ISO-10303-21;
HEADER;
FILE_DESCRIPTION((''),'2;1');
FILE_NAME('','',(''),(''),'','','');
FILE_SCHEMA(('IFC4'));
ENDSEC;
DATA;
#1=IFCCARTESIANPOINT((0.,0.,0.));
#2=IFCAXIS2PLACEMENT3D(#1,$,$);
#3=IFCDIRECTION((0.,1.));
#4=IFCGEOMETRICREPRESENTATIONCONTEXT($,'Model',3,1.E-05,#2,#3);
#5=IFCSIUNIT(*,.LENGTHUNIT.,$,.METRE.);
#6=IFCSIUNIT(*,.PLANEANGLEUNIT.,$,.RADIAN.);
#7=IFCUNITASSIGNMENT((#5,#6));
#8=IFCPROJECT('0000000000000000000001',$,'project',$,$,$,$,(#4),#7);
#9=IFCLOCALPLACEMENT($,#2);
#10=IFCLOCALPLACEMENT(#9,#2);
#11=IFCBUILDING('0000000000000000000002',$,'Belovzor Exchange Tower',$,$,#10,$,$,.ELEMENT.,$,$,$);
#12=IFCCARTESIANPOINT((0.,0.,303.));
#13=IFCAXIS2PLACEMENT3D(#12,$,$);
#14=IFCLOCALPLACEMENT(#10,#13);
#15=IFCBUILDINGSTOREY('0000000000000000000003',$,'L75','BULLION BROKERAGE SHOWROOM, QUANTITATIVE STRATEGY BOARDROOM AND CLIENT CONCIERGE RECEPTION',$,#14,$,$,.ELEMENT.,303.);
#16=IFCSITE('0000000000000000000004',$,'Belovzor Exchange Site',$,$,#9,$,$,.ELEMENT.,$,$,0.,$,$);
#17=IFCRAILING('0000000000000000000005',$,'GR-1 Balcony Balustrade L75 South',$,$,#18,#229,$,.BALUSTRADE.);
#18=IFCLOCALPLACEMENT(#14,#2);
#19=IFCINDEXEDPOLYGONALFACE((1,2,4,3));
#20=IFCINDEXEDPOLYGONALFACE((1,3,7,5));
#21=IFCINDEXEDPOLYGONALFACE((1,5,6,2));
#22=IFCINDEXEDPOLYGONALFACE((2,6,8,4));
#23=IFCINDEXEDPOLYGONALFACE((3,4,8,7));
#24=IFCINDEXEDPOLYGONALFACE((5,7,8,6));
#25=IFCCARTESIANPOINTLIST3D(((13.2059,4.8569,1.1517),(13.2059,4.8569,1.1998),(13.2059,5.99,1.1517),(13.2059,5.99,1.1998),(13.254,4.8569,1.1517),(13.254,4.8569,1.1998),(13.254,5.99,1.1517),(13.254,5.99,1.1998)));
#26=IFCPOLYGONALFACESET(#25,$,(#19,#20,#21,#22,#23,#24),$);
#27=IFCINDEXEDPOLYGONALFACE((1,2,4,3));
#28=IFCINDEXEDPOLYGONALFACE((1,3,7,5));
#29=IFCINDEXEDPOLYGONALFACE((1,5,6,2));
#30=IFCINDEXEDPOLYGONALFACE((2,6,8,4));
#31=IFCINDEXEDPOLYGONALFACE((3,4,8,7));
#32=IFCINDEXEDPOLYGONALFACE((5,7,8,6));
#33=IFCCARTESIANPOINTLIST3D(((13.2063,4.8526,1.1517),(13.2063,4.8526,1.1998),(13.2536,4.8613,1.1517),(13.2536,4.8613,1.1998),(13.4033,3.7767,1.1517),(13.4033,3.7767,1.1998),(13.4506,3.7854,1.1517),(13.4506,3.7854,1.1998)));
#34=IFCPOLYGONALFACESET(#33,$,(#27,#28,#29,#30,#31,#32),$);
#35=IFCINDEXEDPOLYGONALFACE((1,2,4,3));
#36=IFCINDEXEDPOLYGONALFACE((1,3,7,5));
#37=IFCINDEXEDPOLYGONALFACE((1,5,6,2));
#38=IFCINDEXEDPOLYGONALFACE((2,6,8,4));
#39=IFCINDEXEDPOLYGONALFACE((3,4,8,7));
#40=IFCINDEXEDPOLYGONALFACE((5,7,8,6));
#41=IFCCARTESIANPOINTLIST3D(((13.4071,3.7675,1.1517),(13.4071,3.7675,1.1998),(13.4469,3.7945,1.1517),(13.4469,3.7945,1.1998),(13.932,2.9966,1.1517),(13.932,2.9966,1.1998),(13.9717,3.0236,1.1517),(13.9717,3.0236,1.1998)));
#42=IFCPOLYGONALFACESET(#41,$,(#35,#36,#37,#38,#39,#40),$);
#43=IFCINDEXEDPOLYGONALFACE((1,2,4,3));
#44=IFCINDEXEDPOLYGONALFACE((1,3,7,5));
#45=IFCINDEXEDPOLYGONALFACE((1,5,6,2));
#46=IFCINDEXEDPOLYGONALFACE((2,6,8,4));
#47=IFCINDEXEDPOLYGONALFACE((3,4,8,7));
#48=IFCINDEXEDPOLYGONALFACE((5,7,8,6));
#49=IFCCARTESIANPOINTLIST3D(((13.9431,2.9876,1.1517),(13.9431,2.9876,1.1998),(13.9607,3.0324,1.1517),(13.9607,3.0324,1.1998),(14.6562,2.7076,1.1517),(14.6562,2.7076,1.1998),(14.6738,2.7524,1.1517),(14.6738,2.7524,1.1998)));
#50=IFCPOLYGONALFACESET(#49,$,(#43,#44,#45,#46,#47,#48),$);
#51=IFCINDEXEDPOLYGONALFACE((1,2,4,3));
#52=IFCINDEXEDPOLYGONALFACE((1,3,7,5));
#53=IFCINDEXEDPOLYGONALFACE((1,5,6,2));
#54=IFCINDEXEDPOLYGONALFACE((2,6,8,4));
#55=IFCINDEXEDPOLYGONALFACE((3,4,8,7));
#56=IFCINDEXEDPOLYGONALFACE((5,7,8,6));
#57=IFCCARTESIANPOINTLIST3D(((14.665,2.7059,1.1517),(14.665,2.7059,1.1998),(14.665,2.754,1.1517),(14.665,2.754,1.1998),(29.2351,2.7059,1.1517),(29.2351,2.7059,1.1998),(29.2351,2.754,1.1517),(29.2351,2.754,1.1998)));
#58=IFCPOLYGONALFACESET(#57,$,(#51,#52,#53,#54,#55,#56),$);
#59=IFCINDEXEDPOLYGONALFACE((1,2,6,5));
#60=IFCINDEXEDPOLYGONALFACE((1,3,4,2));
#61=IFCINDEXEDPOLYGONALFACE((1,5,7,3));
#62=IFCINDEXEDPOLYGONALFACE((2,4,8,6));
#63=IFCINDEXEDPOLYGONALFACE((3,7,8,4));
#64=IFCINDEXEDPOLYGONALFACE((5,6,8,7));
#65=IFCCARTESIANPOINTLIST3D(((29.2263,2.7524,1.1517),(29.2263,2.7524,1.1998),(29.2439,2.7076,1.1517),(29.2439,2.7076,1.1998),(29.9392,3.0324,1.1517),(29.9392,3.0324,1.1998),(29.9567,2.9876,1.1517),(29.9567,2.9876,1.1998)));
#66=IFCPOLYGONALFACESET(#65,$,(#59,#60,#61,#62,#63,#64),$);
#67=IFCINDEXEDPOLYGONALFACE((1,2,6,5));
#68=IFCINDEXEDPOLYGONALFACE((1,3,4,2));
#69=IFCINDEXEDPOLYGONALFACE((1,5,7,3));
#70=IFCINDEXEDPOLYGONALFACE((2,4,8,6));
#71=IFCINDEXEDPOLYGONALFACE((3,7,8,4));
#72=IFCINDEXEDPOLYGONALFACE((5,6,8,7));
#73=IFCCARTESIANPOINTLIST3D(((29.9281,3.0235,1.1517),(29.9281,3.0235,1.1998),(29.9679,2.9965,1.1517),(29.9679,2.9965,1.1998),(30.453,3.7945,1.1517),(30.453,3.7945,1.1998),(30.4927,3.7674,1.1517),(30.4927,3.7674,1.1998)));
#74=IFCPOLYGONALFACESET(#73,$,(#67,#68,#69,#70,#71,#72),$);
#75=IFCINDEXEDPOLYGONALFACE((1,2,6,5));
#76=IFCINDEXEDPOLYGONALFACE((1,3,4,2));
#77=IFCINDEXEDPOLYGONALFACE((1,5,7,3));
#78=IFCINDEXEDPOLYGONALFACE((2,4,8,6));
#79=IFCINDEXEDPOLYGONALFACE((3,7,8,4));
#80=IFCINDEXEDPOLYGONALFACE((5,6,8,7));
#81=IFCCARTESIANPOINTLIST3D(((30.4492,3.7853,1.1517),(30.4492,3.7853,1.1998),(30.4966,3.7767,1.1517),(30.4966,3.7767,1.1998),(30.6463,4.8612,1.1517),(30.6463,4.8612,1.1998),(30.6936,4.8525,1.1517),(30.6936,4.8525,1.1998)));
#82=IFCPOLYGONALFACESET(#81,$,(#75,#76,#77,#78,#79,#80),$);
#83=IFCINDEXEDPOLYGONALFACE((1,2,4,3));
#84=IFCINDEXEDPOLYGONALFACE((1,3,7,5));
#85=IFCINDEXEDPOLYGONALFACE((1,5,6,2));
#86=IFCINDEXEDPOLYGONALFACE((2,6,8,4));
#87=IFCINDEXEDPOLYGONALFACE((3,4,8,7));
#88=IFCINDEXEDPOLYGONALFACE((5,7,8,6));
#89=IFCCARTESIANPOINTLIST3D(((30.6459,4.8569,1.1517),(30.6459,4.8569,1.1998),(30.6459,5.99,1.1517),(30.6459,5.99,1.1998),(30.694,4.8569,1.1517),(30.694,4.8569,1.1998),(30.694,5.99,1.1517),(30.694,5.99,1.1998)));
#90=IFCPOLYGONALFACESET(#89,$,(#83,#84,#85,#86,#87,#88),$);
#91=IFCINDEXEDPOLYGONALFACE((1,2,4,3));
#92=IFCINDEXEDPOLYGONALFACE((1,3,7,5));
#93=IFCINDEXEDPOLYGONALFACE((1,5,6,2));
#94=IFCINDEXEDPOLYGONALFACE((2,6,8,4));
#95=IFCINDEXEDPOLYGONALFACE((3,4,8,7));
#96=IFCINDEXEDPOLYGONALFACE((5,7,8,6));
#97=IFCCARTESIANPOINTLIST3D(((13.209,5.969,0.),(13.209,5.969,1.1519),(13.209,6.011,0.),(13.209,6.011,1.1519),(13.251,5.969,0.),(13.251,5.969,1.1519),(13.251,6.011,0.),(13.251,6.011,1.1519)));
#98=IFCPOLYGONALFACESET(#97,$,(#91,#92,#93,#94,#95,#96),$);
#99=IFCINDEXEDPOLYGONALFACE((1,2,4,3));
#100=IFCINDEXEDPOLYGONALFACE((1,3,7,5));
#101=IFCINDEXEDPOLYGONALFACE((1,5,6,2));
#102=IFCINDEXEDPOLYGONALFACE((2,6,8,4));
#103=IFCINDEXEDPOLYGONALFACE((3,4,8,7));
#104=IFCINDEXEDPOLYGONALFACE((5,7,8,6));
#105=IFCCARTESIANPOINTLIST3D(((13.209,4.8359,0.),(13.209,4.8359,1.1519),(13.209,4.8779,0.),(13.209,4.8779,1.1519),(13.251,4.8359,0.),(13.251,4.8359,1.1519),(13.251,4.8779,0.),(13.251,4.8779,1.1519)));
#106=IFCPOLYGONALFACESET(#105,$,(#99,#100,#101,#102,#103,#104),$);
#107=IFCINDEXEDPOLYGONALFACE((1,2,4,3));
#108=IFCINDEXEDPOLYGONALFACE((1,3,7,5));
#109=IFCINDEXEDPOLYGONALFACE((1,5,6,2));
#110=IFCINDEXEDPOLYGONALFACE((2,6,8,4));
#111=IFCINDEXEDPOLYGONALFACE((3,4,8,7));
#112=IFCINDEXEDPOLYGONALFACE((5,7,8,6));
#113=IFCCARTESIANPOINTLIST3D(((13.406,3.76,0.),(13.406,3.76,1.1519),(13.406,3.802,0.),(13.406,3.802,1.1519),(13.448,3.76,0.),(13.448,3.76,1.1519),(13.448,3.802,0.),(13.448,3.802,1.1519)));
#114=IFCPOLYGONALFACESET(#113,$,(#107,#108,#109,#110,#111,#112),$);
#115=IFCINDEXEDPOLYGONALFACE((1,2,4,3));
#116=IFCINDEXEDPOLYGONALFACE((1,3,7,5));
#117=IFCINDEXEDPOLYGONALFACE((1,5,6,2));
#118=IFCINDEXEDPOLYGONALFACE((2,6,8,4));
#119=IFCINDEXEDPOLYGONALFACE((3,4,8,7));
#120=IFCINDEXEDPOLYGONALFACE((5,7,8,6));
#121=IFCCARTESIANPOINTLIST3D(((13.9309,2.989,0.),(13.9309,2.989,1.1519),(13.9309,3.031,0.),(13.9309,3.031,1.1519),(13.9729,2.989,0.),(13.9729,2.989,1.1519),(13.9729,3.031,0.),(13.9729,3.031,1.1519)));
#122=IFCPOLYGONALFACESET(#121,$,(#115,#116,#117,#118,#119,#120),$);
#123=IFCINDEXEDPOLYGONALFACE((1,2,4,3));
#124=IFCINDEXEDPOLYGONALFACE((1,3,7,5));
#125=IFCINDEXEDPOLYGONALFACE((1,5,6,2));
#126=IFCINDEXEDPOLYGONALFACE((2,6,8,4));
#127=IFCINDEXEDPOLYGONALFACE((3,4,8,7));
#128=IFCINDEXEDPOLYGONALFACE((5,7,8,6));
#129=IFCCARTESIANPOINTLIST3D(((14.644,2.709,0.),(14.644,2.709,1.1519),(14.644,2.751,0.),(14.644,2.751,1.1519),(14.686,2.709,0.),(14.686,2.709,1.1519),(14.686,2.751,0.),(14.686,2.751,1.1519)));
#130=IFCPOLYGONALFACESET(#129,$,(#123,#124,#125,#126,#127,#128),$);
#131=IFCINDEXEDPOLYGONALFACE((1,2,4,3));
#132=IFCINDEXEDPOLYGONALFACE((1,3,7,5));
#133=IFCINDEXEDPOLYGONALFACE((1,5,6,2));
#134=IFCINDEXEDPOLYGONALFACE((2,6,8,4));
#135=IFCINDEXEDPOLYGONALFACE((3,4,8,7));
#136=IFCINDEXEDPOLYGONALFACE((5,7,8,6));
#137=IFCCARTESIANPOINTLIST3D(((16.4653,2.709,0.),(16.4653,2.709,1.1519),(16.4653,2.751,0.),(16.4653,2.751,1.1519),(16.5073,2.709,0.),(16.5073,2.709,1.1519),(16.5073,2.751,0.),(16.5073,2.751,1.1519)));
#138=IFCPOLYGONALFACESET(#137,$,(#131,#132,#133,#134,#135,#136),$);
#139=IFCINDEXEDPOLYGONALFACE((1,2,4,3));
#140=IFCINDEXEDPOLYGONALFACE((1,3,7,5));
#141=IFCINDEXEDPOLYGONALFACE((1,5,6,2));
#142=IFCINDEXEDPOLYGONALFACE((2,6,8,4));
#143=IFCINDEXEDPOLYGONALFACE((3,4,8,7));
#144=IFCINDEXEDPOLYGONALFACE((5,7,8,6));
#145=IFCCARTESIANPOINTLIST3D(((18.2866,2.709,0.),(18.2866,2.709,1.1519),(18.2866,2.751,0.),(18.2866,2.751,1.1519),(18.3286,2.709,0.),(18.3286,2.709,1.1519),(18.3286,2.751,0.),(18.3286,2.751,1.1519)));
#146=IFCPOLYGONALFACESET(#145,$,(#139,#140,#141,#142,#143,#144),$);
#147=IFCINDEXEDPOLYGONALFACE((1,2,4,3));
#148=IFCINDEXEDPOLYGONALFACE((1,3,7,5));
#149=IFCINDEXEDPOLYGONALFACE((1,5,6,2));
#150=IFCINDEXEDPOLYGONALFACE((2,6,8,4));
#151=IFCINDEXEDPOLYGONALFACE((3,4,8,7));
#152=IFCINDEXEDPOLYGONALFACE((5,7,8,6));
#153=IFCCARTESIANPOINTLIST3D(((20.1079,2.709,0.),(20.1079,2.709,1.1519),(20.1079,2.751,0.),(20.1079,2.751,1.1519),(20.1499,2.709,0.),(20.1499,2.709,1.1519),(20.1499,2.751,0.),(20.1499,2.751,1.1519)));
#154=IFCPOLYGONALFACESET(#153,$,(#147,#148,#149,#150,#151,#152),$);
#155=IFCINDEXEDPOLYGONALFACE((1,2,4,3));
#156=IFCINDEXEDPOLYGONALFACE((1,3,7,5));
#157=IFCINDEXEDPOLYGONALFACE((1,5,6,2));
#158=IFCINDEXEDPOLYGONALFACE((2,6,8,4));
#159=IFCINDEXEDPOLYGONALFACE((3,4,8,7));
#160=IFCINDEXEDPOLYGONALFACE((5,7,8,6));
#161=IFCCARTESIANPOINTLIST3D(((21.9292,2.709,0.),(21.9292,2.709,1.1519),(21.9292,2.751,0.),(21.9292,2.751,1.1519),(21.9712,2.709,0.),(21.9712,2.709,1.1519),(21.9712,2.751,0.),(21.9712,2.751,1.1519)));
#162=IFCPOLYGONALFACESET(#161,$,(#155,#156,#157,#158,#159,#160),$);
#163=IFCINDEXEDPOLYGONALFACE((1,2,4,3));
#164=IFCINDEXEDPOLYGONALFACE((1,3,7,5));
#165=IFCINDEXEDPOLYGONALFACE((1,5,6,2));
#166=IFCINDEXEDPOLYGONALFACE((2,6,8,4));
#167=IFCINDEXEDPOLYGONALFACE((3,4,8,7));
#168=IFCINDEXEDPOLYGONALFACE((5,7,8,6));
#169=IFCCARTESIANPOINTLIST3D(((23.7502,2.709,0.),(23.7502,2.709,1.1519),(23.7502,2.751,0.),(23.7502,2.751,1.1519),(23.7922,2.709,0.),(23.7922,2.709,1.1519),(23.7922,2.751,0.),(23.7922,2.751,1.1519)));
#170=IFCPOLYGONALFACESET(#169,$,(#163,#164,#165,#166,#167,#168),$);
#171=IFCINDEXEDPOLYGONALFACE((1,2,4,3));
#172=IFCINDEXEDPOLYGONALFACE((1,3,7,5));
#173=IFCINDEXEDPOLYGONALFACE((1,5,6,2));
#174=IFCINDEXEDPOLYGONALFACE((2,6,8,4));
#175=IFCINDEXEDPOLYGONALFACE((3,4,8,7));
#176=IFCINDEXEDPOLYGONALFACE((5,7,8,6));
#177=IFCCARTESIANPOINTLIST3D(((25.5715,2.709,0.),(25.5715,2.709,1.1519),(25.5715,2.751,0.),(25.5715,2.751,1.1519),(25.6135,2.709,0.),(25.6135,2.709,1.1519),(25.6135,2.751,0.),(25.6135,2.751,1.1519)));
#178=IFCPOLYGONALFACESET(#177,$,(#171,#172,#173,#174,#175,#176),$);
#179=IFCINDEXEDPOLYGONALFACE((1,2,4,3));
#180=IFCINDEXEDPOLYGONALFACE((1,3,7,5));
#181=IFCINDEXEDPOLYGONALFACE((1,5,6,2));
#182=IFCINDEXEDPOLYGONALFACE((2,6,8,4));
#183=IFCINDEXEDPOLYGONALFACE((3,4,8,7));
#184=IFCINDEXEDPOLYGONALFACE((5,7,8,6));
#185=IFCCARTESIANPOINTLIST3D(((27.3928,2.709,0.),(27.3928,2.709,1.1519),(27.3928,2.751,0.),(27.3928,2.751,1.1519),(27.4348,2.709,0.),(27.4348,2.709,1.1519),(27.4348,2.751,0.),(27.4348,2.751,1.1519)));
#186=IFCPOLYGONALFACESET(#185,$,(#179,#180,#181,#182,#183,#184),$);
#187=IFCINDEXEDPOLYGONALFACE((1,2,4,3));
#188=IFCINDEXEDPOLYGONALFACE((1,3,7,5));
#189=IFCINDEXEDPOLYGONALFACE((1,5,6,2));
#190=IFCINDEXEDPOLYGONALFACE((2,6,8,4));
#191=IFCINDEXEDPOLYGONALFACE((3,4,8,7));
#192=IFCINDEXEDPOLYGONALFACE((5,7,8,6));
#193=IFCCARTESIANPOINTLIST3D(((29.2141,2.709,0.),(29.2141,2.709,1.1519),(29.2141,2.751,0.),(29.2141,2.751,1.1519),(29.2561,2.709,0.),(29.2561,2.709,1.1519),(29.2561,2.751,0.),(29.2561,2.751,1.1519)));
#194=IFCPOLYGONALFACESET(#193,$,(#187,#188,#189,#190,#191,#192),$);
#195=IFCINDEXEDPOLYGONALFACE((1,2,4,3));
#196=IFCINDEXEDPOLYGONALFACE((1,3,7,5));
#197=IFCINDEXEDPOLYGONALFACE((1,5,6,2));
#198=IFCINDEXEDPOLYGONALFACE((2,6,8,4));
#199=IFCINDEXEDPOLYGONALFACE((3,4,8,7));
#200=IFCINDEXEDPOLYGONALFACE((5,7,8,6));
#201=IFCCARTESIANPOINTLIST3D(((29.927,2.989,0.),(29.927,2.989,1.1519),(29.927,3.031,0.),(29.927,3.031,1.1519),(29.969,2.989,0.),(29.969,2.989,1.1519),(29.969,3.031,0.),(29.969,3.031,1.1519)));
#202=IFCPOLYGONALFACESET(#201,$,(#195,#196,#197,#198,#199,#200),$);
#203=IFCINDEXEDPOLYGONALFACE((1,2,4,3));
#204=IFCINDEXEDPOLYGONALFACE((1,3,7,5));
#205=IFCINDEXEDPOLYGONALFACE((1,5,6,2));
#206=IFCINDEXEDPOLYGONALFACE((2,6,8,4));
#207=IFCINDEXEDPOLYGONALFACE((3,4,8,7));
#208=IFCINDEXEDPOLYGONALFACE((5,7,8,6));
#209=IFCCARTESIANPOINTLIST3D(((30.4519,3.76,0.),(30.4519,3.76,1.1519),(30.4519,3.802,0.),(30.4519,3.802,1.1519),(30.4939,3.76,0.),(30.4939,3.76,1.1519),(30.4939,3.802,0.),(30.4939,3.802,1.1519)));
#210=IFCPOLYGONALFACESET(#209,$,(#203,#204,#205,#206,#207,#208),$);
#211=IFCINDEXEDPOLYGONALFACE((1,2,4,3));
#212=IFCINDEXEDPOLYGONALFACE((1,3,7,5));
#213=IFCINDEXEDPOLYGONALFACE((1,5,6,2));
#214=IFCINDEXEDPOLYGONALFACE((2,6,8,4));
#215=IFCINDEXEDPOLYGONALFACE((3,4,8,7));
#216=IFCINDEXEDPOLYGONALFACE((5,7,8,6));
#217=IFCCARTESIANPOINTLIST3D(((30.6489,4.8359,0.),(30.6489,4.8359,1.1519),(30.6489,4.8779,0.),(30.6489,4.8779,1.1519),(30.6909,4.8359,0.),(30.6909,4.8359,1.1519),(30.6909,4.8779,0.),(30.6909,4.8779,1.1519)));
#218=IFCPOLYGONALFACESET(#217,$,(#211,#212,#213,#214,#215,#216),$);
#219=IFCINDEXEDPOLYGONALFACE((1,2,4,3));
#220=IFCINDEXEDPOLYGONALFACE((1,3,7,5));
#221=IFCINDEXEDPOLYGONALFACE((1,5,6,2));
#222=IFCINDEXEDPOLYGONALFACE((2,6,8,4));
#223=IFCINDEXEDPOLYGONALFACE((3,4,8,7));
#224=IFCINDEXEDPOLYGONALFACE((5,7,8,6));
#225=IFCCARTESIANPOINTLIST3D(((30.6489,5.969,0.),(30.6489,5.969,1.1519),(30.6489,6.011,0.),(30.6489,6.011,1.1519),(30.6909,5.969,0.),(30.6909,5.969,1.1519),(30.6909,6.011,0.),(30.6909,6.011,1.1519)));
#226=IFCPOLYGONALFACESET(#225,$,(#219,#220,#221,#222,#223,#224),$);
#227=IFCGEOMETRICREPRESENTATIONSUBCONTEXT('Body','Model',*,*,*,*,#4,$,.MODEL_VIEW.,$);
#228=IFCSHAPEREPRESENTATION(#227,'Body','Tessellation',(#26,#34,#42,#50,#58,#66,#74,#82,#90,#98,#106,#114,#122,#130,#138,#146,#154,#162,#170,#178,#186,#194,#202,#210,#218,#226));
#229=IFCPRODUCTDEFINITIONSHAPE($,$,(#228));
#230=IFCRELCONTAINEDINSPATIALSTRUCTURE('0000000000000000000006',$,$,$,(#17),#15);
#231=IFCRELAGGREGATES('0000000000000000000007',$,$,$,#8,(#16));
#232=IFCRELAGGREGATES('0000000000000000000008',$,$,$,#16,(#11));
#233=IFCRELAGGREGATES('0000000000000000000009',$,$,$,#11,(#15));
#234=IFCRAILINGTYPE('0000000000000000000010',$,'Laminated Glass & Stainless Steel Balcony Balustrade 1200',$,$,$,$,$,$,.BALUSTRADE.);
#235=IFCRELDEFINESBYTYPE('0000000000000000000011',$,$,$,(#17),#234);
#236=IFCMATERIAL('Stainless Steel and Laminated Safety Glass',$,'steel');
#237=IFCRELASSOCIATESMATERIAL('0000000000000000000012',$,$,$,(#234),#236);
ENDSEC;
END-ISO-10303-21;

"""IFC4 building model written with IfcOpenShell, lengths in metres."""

from ifc_helpers import new_model, si_unit, direction, frame, origin, origin_2d, place, context, subcontext, project, spatial, rectangle, extrude, material, type_object, element, save


model = new_model("IFC4")

# Units and contexts
model_context = context("Model", 3, precision=1e-05, world=origin(), true_north=direction((0.0, 1.0)))
body_context = subcontext(model_context, "Body", "Model", "MODEL_VIEW")
ifc_project = project(units=[si_unit("LENGTHUNIT", "METRE"), si_unit("PLANEANGLEUNIT", "RADIAN")], contexts=[model_context])

# Site, building, storey
site_placement = place(None, origin())
site = spatial("IfcSite", under=ifc_project, at=site_placement, Name="Belovzor Exchange Site", CompositionType="ELEMENT", RefElevation=0.0)
building_placement = place(site_placement, origin())
building = spatial("IfcBuilding", under=site, at=building_placement, Name="Belovzor Exchange Tower", CompositionType="ELEMENT")
storey_placement = place(building_placement, frame((0.0, 0.0, 303.0)))
storey = spatial("IfcBuildingStorey", under=building, at=storey_placement, Name="L75", Description="BULLION BROKERAGE SHOWROOM, QUANTITATIVE STRATEGY BOARDROOM AND CLIENT CONCIERGE RECEPTION", CompositionType="ELEMENT", Elevation=303.0)

# Railing
ifc_material_1 = material(Name="Stainless Steel and Laminated Safety Glass", Category="steel")
railing_type = type_object("IfcRailingType", Name="Laminated Glass & Stainless Steel Balcony Balustrade 1200", PredefinedType="BALUSTRADE", material=ifc_material_1)
railing_placement = place(storey_placement, frame((13.23, 5.99, 0.0)))
element("IfcRailing", 1, at=railing_placement, inside=storey, type_object=railing_type, Name="GR-1 Balcony Balustrade L75 South", PredefinedType="BALUSTRADE", context=body_context, shape_type="SweptSolid", body=[
    extrude(rectangle(XDim=0.0481, YDim=0.0481, at=origin_2d()), frame((0.0, 0.0, 1.1758), z_axis=(0.0, -1.0, 0.0), x_axis=(1.0, 0.0, 0.0)), (0.0, 0.0, 1.0), 1.1331),
    extrude(rectangle(XDim=0.0481, YDim=0.0481, at=origin_2d()), frame((0.0, -1.1331, 1.1758), z_axis=(0.180123, -0.983644, 0.0), x_axis=(0.983644, 0.180123, 0.0)), (0.0, 0.0, 1.0), 1.0938),
    extrude(rectangle(XDim=0.0481, YDim=0.0481, at=origin_2d()), frame((0.197, -2.209, 1.1758), z_axis=(0.562768, -0.826615, 0.0), x_axis=(0.826615, 0.562768, 0.0)), (0.0, 0.0, 1.0), 0.9326),
    extrude(rectangle(XDim=0.0481, YDim=0.0481, at=origin_2d()), frame((0.7219, -2.98, 1.1758), z_axis=(0.93081, -0.365504, 0.0), x_axis=(0.365504, 0.93081, 0.0)), (0.0, 0.0, 1.0), 0.7661),
    extrude(rectangle(XDim=0.0481, YDim=0.0481, at=origin_2d()), frame((1.4351, -3.26, 1.1758), z_axis=(1.0, 0.0, 0.0), x_axis=(0.0, 1.0, 0.0)), (0.0, 0.0, 1.0), 14.5701),
    extrude(rectangle(XDim=0.0481, YDim=0.0481, at=origin_2d()), frame((16.0051, -3.26, 1.1758), z_axis=(0.930767, 0.365613, 0.0), x_axis=(-0.365613, 0.930767, 0.0)), (0.0, 0.0, 1.0), 0.7659),
    extrude(rectangle(XDim=0.0481, YDim=0.0481, at=origin_2d()), frame((16.718, -2.98, 1.1758), z_axis=(0.562768, 0.826615, 0.0), x_axis=(-0.826615, 0.562768, 0.0)), (0.0, 0.0, 1.0), 0.9326),
    extrude(rectangle(XDim=0.0481, YDim=0.0481, at=origin_2d()), frame((17.2429, -2.209, 1.1758), z_axis=(0.180123, 0.983644, 0.0), x_axis=(-0.983644, 0.180123, 0.0)), (0.0, 0.0, 1.0), 1.0938),
    extrude(rectangle(XDim=0.0481, YDim=0.0481, at=origin_2d()), frame((17.4399, -1.1331, 1.1758), z_axis=(0.0, 1.0, 0.0), x_axis=(-1.0, 0.0, 0.0)), (0.0, 0.0, 1.0), 1.1331),
    extrude(rectangle(XDim=0.042, YDim=0.042, at=origin_2d()), origin(), (0.0, 0.0, 1.0), 1.1519),
    extrude(rectangle(XDim=0.042, YDim=0.042, at=origin_2d()), frame((0.0, -1.1331, 0.0)), (0.0, 0.0, 1.0), 1.1519),
    extrude(rectangle(XDim=0.042, YDim=0.042, at=origin_2d()), frame((0.197, -2.209, 0.0)), (0.0, 0.0, 1.0), 1.1519),
    extrude(rectangle(XDim=0.042, YDim=0.042, at=origin_2d()), frame((0.7219, -2.98, 0.0)), (0.0, 0.0, 1.0), 1.1519),
    extrude(rectangle(XDim=0.042, YDim=0.042, at=origin_2d()), frame((1.4351, -3.26, 0.0)), (0.0, 0.0, 1.0), 1.1519),
    extrude(rectangle(XDim=0.042, YDim=0.042, at=origin_2d()), frame((3.2563, -3.26, 0.0)), (0.0, 0.0, 1.0), 1.1519),
    extrude(rectangle(XDim=0.042, YDim=0.042, at=origin_2d()), frame((5.0776, -3.26, 0.0)), (0.0, 0.0, 1.0), 1.1519),
    extrude(rectangle(XDim=0.042, YDim=0.042, at=origin_2d()), frame((6.8989, -3.26, 0.0)), (0.0, 0.0, 1.0), 1.1519),
    extrude(rectangle(XDim=0.042, YDim=0.042, at=origin_2d()), frame((8.7202, -3.26, 0.0)), (0.0, 0.0, 1.0), 1.1519),
    extrude(rectangle(XDim=0.042, YDim=0.042, at=origin_2d()), frame((10.5413, -3.26, 0.0)), (0.0, 0.0, 1.0), 1.1519),
    extrude(rectangle(XDim=0.042, YDim=0.042, at=origin_2d()), frame((12.3625, -3.26, 0.0)), (0.0, 0.0, 1.0), 1.1519),
    extrude(rectangle(XDim=0.042, YDim=0.042, at=origin_2d()), frame((14.1838, -3.26, 0.0)), (0.0, 0.0, 1.0), 1.1519),
    extrude(rectangle(XDim=0.042, YDim=0.042, at=origin_2d()), frame((16.0051, -3.26, 0.0)), (0.0, 0.0, 1.0), 1.1519),
    extrude(rectangle(XDim=0.042, YDim=0.042, at=origin_2d()), frame((16.718, -2.98, 0.0)), (0.0, 0.0, 1.0), 1.1519),
    extrude(rectangle(XDim=0.042, YDim=0.042, at=origin_2d()), frame((17.2429, -2.209, 0.0)), (0.0, 0.0, 1.0), 1.1519),
    extrude(rectangle(XDim=0.042, YDim=0.042, at=origin_2d()), frame((17.4399, -1.1331, 0.0)), (0.0, 0.0, 1.0), 1.1519),
    extrude(rectangle(XDim=0.042, YDim=0.042, at=origin_2d()), frame((17.4399, 0.0, 0.0)), (0.0, 0.0, 1.0), 1.1519),
])

save(model, "model.ifc")
